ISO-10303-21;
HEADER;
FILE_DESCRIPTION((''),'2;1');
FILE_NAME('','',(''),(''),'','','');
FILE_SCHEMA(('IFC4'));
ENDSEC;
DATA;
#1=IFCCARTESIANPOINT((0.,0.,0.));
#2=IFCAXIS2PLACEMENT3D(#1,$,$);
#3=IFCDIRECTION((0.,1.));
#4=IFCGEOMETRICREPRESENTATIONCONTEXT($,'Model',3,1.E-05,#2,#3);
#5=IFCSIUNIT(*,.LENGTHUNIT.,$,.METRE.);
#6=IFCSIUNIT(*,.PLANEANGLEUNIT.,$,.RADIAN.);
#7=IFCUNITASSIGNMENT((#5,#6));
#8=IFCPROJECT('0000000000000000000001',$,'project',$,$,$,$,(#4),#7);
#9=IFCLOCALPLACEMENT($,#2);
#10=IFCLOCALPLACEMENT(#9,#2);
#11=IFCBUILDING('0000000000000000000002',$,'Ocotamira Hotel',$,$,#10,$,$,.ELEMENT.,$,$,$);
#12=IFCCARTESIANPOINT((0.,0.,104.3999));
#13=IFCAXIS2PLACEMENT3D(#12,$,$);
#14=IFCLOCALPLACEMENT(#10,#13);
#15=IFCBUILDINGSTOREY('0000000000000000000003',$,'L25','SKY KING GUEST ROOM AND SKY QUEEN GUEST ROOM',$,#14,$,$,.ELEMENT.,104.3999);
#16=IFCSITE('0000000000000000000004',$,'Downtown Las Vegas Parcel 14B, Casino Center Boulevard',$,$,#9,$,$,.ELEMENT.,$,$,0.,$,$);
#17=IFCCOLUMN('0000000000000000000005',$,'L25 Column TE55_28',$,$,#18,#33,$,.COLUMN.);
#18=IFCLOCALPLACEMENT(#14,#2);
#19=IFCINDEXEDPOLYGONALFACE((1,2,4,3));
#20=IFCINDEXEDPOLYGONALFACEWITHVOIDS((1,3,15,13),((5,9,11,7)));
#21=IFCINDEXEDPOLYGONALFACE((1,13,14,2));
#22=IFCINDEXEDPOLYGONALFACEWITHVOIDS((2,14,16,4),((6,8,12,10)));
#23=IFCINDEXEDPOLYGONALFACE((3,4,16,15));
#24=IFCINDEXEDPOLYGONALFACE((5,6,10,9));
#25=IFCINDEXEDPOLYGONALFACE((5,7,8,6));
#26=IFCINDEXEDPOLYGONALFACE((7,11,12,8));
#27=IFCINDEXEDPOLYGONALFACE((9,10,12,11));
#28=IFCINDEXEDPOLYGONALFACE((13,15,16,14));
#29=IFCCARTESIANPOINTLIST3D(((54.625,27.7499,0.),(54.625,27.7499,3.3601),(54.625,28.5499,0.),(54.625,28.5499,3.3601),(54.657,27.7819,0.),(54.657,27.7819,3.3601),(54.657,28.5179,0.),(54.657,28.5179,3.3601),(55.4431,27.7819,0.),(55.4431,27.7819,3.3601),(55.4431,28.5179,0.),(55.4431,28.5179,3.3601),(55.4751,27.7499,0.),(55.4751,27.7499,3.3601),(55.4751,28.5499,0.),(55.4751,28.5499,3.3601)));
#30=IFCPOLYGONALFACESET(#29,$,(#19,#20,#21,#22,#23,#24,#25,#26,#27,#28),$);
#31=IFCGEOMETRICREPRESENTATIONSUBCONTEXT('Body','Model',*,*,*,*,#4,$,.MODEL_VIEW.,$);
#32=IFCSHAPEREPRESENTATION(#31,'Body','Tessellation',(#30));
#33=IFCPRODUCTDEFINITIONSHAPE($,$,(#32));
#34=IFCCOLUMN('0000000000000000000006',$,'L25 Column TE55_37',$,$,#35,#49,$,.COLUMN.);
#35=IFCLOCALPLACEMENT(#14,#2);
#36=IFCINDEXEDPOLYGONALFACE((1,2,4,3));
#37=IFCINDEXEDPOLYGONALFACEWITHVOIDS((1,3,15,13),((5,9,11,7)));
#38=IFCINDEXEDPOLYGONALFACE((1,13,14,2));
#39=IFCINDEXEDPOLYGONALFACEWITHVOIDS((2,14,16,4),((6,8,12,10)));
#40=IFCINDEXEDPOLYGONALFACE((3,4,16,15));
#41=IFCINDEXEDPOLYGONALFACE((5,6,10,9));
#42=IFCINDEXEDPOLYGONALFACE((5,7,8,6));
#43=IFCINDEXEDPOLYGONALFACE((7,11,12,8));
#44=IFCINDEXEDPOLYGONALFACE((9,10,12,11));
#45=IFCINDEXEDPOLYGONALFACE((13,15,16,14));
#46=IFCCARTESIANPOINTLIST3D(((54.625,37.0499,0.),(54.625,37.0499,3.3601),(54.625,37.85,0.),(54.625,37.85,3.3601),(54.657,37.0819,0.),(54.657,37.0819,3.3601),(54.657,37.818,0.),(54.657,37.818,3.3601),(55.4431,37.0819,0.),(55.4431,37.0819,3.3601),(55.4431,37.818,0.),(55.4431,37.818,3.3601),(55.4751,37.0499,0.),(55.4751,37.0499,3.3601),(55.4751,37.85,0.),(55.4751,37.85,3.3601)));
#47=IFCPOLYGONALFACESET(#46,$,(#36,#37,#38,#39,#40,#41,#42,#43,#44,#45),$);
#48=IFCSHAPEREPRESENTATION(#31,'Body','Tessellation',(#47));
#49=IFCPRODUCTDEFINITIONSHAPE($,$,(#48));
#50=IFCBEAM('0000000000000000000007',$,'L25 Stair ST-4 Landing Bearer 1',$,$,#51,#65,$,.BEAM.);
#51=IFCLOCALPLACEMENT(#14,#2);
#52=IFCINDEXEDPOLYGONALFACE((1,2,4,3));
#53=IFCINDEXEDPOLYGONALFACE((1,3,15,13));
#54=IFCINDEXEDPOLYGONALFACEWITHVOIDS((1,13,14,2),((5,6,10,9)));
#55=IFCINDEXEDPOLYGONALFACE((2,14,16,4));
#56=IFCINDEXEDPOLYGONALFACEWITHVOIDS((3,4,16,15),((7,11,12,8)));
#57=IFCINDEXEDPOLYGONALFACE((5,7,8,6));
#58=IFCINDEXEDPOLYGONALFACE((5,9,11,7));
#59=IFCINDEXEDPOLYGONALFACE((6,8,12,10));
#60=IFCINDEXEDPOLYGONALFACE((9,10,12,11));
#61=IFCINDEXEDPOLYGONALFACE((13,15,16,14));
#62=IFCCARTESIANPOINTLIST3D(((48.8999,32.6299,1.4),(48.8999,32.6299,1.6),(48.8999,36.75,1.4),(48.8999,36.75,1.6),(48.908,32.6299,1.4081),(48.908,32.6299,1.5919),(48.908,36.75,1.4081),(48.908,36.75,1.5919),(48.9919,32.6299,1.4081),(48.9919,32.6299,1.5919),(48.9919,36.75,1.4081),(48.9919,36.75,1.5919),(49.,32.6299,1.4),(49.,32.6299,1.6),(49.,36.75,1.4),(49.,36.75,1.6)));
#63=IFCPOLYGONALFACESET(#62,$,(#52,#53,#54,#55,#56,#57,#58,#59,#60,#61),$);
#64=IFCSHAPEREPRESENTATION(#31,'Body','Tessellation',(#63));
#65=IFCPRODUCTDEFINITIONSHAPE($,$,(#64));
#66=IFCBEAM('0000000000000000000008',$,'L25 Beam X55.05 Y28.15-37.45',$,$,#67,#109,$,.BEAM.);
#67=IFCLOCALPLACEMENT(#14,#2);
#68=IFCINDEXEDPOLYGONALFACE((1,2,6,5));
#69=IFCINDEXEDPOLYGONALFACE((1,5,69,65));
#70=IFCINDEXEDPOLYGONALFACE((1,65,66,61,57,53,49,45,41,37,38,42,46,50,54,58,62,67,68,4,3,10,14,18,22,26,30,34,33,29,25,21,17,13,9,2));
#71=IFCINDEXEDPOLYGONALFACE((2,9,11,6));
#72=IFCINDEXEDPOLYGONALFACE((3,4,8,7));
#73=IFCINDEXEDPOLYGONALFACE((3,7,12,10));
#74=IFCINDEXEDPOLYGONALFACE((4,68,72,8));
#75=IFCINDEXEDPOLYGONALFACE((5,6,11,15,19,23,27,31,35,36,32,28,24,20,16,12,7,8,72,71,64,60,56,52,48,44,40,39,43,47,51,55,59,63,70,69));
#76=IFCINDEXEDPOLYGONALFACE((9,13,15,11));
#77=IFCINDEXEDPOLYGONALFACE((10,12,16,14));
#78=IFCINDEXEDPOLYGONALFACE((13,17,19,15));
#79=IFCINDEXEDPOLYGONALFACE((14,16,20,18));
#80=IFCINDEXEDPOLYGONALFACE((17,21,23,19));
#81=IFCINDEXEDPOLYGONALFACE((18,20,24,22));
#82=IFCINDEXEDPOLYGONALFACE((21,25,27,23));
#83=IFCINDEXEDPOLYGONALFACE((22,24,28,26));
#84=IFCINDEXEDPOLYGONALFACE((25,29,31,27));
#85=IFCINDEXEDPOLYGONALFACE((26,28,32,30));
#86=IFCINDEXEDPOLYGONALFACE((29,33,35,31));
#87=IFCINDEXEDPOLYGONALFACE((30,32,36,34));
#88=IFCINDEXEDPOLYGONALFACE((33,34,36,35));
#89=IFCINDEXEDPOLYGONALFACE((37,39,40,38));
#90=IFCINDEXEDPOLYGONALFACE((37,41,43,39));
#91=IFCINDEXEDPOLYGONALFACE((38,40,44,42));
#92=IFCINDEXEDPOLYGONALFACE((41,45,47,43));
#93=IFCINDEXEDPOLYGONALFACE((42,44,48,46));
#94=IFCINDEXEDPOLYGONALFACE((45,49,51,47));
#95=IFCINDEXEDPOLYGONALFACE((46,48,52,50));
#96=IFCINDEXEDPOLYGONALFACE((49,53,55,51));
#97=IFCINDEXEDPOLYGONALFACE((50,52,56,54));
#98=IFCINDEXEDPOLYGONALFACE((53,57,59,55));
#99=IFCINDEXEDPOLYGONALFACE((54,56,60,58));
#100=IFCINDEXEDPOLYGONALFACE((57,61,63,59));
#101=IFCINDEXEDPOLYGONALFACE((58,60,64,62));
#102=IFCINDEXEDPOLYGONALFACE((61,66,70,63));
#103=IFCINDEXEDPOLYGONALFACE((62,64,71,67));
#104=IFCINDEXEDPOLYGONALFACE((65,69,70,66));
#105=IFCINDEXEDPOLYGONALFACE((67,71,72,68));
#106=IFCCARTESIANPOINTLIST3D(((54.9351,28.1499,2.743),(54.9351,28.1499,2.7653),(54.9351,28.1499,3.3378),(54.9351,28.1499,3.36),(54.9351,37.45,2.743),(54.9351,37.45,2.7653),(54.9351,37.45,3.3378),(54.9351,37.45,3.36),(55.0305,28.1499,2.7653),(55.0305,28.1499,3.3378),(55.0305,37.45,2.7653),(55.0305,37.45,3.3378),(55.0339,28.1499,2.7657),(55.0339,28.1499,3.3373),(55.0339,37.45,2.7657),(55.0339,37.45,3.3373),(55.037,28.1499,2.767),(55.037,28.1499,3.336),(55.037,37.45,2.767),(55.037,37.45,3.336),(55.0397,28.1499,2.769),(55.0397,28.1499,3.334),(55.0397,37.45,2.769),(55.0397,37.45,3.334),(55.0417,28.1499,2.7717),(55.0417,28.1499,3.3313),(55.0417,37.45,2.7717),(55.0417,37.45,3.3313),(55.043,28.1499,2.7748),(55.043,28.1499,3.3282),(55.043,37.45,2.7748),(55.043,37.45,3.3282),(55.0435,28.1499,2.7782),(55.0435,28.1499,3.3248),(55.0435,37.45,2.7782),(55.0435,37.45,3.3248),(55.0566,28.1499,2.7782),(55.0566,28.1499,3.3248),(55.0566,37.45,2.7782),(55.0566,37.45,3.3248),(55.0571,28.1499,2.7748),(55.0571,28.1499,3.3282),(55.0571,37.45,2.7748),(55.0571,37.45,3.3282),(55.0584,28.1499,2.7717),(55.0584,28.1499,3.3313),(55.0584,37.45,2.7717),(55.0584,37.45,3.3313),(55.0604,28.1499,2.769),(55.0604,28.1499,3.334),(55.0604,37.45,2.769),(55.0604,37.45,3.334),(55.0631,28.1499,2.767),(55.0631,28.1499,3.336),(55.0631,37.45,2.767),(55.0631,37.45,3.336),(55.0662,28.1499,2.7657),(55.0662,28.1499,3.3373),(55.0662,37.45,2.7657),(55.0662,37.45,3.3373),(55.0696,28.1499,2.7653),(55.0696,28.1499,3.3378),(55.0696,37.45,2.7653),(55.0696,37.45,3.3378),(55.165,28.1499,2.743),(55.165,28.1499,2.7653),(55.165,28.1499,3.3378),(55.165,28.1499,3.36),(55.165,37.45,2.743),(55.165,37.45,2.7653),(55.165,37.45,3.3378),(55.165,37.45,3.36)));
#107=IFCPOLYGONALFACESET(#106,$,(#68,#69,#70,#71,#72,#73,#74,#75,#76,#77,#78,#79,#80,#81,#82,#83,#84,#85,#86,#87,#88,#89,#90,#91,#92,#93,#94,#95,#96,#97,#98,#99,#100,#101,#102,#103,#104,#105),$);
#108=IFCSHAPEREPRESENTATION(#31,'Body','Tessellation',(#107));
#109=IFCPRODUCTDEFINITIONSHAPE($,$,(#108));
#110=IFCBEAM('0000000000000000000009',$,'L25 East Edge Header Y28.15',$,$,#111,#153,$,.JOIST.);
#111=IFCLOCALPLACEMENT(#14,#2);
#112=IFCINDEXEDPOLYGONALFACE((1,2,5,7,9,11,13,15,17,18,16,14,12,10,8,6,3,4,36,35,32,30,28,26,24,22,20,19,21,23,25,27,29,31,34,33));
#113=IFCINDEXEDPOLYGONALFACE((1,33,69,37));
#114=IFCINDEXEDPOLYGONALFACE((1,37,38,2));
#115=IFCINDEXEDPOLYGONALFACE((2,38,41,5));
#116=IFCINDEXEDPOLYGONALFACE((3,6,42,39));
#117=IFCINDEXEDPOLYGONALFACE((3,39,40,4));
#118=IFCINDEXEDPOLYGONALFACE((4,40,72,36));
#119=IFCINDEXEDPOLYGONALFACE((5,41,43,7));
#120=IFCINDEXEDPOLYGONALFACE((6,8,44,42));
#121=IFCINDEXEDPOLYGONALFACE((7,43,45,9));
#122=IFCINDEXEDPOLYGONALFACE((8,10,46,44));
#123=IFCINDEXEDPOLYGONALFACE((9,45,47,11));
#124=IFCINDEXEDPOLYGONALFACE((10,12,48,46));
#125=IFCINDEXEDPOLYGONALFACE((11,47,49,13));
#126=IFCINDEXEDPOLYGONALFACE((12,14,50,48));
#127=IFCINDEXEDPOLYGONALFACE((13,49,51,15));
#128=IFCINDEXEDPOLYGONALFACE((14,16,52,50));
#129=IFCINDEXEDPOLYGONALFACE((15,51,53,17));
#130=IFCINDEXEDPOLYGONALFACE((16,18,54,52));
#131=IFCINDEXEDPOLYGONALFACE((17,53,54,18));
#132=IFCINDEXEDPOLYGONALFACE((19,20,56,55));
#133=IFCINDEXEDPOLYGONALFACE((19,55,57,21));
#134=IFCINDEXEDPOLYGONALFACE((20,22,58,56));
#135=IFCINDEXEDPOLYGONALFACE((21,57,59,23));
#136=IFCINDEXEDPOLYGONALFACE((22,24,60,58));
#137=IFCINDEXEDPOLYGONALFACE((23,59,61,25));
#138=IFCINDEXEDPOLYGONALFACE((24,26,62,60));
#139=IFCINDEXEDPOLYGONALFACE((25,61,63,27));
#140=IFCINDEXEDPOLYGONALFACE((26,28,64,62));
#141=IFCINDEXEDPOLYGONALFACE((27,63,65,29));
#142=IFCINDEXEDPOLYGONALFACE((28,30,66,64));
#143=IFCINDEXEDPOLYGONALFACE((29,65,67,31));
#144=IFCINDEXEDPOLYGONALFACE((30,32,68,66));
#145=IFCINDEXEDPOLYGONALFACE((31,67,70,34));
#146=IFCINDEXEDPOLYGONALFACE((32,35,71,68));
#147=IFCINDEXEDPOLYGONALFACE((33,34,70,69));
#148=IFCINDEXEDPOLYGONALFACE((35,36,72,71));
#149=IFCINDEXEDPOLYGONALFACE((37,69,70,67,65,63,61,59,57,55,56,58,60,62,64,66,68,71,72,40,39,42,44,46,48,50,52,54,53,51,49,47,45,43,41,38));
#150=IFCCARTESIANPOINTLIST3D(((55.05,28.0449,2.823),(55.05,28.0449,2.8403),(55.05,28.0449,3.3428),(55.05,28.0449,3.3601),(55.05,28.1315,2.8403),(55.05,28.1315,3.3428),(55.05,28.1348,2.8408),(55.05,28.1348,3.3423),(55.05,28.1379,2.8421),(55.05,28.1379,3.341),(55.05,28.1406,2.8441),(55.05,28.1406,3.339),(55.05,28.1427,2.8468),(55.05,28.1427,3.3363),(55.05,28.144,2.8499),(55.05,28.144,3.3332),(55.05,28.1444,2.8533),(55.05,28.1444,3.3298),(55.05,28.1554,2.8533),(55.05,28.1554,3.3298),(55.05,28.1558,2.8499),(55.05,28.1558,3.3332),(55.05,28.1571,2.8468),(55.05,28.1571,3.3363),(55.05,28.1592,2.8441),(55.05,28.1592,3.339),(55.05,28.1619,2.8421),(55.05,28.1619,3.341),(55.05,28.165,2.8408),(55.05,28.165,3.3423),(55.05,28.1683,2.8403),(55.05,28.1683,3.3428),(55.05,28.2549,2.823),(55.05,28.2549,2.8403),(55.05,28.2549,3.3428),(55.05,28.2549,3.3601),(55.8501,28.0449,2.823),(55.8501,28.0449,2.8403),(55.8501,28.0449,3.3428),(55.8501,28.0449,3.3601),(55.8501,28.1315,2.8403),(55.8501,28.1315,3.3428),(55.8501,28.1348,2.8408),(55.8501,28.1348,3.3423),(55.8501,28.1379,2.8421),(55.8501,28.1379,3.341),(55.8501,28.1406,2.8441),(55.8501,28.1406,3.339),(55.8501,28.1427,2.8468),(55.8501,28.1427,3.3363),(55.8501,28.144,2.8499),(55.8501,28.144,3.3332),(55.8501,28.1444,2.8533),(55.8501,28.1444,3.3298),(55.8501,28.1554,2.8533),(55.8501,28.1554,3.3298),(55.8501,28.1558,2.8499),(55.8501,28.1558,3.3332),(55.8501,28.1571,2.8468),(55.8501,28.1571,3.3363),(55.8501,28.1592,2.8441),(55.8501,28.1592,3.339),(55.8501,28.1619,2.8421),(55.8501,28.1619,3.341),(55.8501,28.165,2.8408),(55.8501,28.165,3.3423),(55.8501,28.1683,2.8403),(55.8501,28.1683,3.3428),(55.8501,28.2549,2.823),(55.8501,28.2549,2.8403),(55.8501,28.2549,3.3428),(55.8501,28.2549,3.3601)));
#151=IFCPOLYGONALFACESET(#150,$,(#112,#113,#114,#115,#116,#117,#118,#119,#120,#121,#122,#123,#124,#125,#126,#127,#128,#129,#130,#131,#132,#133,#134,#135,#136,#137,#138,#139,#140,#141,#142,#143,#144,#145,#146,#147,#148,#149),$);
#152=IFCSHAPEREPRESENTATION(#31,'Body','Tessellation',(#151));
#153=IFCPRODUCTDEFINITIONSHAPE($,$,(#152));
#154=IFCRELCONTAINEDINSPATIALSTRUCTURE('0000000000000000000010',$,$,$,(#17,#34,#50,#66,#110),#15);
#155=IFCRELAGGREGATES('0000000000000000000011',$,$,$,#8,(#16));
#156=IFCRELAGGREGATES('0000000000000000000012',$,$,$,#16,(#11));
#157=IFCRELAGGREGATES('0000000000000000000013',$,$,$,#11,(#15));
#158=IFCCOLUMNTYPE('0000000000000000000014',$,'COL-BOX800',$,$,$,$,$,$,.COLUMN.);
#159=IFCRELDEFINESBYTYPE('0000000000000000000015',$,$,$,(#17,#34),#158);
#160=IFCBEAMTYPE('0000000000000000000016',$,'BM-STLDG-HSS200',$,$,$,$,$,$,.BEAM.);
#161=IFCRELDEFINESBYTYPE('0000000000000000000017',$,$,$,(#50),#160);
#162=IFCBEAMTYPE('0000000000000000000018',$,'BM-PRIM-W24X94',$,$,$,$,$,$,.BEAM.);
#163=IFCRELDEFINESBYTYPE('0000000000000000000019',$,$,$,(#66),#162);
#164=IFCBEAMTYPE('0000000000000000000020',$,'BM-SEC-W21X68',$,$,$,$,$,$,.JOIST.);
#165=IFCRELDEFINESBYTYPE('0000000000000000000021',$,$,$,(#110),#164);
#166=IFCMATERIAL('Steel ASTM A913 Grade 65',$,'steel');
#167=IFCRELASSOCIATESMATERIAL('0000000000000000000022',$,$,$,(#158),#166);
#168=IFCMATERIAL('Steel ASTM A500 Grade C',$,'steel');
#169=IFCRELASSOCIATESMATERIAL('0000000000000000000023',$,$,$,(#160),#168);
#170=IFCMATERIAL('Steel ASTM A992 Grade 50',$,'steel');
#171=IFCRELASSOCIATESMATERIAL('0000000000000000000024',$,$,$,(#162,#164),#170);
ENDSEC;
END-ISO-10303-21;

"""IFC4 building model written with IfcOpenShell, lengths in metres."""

from ifc_helpers import new_model, si_unit, direction, frame, origin, origin_2d, place, context, subcontext, project, spatial, hollow_rectangle, i_section, extrude, source, transform, mapped, material, material_profile, profile_set, type_object, element, save


model = new_model("IFC4")

# Units and contexts
model_context = context("Model", 3, precision=1e-05, world=origin(), true_north=direction((0.0, 1.0)))
body_context = subcontext(model_context, "Body", "Model", "MODEL_VIEW")
ifc_project = project(units=[si_unit("LENGTHUNIT", "METRE"), si_unit("PLANEANGLEUNIT", "RADIAN")], contexts=[model_context])

# Site, building, storey
site_placement = place(None, origin())
site = spatial("IfcSite", under=ifc_project, at=site_placement, Name="Downtown Las Vegas Parcel 14B, Casino Center Boulevard", CompositionType="ELEMENT", RefElevation=0.0)
building_placement = place(site_placement, origin())
building = spatial("IfcBuilding", under=site, at=building_placement, Name="Ocotamira Hotel", CompositionType="ELEMENT")
storey_placement = place(building_placement, frame((0.0, 0.0, 104.3999)))
storey = spatial("IfcBuildingStorey", under=building, at=storey_placement, Name="L25", Description="SKY KING GUEST ROOM AND SKY QUEEN GUEST ROOM", CompositionType="ELEMENT", Elevation=104.3999)

# Columns
ifc_material_1 = material(Name="Steel ASTM A913 Grade 65", Category="steel")
ifc_material_profile_1 = material_profile(ifc_material_1, hollow_rectangle(XDim=0.8501, YDim=0.8, WallThickness=0.032, at=origin_2d()), Name="BOX800X850X32")
ifc_profile_set_1 = profile_set([ifc_material_profile_1], Name="Steel ASTM A913 Grade 65")
column_type = type_object("IfcColumnType", Name="COL-BOX800", PredefinedType="COLUMN", material=ifc_profile_set_1)
shared_shape_1 = source(origin(), body_context, "Body", "SweptSolid", [
    extrude(hollow_rectangle(XDim=0.8501, YDim=0.8, WallThickness=0.032, at=origin_2d()), origin(), (0.0, 0.0, 1.0), 3.3601),
])
for number, where, z_axis, x_axis, name in (
    (1, (55.05, 28.1499, 0.0), (0.0, 0.0, 1.0), (1.0, 0.0, 0.0), "L25 Column TE55_28"),
    (2, (55.05, 37.45, 0.0), (0.0, 0.0, 1.0), (1.0, 0.0, 0.0), "L25 Column TE55_37"),
):
    element("IfcColumn", number, at=place(storey_placement, frame(where, z_axis=z_axis, x_axis=x_axis)), inside=storey, type_object=column_type, Name=name, PredefinedType="COLUMN", context=body_context, shape_type="MappedRepresentation", body=[
        mapped(shared_shape_1, transform((0.0, 0.0, 0.0), scale=1.0)),
    ])

# Beams
ifc_material_2 = material(Name="Steel ASTM A500 Grade C", Category="steel")
ifc_material_profile_2 = material_profile(ifc_material_2, hollow_rectangle(XDim=0.1001, YDim=0.2, WallThickness=0.0081, at=origin_2d()), Name="HSS200X100X8")
ifc_profile_set_2 = profile_set([ifc_material_profile_2], Name="Steel ASTM A500 Grade C")
beam_type_1 = type_object("IfcBeamType", Name="BM-STLDG-HSS200", PredefinedType="BEAM", material=ifc_profile_set_2)
shared_shape_2 = source(origin(), body_context, "Body", "SweptSolid", [
    extrude(hollow_rectangle(XDim=0.1001, YDim=0.2, WallThickness=0.0081, at=origin_2d()), origin(), (0.0, 0.0, 1.0), 4.1201),
])
beam_1_placement = place(storey_placement, frame((48.95, 32.6299, 1.5), z_axis=(0.0, 1.0, 0.0), x_axis=(-1.0, 0.0, 0.0)))
element("IfcBeam", 3, at=beam_1_placement, inside=storey, type_object=beam_type_1, Name="L25 Stair ST-4 Landing Bearer 1", PredefinedType="BEAM", context=body_context, shape_type="MappedRepresentation", body=[
    mapped(shared_shape_2, transform((0.0, 0.0, 0.0), scale=1.0)),
])
ifc_material_3 = material(Name="Steel ASTM A992 Grade 50", Category="steel")
ifc_material_profile_3 = material_profile(ifc_material_3, i_section(OverallWidth=0.23, OverallDepth=0.6169, WebThickness=0.0132, FlangeThickness=0.0222, FilletRadius=0.0129, at=origin_2d()), Name="W24X94")
ifc_profile_set_3 = profile_set([ifc_material_profile_3], Name="Steel ASTM A992 Grade 50")
beam_type_2 = type_object("IfcBeamType", Name="BM-PRIM-W24X94", PredefinedType="BEAM", material=ifc_profile_set_3)
shared_shape_3 = source(origin(), body_context, "Body", "SweptSolid", [
    extrude(i_section(OverallWidth=0.23, OverallDepth=0.6169, WebThickness=0.0132, FlangeThickness=0.0222, FilletRadius=0.0129, at=origin_2d()), origin(), (0.0, 0.0, 1.0), 9.3),
])
beam_2_placement = place(storey_placement, frame((55.05, 28.1499, 3.0515), z_axis=(0.0, 1.0, 0.0), x_axis=(-1.0, 0.0, 0.0)))
element("IfcBeam", 4, at=beam_2_placement, inside=storey, type_object=beam_type_2, Name="L25 Beam X55.05 Y28.15-37.45", PredefinedType="BEAM", context=body_context, shape_type="MappedRepresentation", body=[
    mapped(shared_shape_3, transform((0.0, 0.0, 0.0), scale=1.0)),
])
ifc_material_profile_4 = material_profile(ifc_material_3, i_section(OverallWidth=0.21, OverallDepth=0.5371, WebThickness=0.011, FlangeThickness=0.0173, FilletRadius=0.0129, at=origin_2d()), Name="W21X68")
ifc_profile_set_4 = profile_set([ifc_material_profile_4], Name="Steel ASTM A992 Grade 50")
beam_type_3 = type_object("IfcBeamType", Name="BM-SEC-W21X68", PredefinedType="JOIST", material=ifc_profile_set_4)
shared_shape_4 = source(origin(), body_context, "Body", "SweptSolid", [
    extrude(i_section(OverallWidth=0.21, OverallDepth=0.5371, WebThickness=0.011, FlangeThickness=0.0173, FilletRadius=0.0129, at=origin_2d()), origin(), (0.0, 0.0, 1.0), 0.8),
])
for number, where, z_axis, x_axis, name in (
    (5, (55.05, 28.1499, 3.0916), (1.0, 0.0, 0.0), (0.0, 1.0, 0.0), "L25 East Edge Header Y28.15"),
):
    element("IfcBeam", number, at=place(storey_placement, frame(where, z_axis=z_axis, x_axis=x_axis)), inside=storey, type_object=beam_type_3, Name=name, PredefinedType="JOIST", context=body_context, shape_type="MappedRepresentation", body=[
        mapped(shared_shape_4, transform((0.0, 0.0, 0.0), scale=1.0)),
    ])

save(model, "model.ifc")
